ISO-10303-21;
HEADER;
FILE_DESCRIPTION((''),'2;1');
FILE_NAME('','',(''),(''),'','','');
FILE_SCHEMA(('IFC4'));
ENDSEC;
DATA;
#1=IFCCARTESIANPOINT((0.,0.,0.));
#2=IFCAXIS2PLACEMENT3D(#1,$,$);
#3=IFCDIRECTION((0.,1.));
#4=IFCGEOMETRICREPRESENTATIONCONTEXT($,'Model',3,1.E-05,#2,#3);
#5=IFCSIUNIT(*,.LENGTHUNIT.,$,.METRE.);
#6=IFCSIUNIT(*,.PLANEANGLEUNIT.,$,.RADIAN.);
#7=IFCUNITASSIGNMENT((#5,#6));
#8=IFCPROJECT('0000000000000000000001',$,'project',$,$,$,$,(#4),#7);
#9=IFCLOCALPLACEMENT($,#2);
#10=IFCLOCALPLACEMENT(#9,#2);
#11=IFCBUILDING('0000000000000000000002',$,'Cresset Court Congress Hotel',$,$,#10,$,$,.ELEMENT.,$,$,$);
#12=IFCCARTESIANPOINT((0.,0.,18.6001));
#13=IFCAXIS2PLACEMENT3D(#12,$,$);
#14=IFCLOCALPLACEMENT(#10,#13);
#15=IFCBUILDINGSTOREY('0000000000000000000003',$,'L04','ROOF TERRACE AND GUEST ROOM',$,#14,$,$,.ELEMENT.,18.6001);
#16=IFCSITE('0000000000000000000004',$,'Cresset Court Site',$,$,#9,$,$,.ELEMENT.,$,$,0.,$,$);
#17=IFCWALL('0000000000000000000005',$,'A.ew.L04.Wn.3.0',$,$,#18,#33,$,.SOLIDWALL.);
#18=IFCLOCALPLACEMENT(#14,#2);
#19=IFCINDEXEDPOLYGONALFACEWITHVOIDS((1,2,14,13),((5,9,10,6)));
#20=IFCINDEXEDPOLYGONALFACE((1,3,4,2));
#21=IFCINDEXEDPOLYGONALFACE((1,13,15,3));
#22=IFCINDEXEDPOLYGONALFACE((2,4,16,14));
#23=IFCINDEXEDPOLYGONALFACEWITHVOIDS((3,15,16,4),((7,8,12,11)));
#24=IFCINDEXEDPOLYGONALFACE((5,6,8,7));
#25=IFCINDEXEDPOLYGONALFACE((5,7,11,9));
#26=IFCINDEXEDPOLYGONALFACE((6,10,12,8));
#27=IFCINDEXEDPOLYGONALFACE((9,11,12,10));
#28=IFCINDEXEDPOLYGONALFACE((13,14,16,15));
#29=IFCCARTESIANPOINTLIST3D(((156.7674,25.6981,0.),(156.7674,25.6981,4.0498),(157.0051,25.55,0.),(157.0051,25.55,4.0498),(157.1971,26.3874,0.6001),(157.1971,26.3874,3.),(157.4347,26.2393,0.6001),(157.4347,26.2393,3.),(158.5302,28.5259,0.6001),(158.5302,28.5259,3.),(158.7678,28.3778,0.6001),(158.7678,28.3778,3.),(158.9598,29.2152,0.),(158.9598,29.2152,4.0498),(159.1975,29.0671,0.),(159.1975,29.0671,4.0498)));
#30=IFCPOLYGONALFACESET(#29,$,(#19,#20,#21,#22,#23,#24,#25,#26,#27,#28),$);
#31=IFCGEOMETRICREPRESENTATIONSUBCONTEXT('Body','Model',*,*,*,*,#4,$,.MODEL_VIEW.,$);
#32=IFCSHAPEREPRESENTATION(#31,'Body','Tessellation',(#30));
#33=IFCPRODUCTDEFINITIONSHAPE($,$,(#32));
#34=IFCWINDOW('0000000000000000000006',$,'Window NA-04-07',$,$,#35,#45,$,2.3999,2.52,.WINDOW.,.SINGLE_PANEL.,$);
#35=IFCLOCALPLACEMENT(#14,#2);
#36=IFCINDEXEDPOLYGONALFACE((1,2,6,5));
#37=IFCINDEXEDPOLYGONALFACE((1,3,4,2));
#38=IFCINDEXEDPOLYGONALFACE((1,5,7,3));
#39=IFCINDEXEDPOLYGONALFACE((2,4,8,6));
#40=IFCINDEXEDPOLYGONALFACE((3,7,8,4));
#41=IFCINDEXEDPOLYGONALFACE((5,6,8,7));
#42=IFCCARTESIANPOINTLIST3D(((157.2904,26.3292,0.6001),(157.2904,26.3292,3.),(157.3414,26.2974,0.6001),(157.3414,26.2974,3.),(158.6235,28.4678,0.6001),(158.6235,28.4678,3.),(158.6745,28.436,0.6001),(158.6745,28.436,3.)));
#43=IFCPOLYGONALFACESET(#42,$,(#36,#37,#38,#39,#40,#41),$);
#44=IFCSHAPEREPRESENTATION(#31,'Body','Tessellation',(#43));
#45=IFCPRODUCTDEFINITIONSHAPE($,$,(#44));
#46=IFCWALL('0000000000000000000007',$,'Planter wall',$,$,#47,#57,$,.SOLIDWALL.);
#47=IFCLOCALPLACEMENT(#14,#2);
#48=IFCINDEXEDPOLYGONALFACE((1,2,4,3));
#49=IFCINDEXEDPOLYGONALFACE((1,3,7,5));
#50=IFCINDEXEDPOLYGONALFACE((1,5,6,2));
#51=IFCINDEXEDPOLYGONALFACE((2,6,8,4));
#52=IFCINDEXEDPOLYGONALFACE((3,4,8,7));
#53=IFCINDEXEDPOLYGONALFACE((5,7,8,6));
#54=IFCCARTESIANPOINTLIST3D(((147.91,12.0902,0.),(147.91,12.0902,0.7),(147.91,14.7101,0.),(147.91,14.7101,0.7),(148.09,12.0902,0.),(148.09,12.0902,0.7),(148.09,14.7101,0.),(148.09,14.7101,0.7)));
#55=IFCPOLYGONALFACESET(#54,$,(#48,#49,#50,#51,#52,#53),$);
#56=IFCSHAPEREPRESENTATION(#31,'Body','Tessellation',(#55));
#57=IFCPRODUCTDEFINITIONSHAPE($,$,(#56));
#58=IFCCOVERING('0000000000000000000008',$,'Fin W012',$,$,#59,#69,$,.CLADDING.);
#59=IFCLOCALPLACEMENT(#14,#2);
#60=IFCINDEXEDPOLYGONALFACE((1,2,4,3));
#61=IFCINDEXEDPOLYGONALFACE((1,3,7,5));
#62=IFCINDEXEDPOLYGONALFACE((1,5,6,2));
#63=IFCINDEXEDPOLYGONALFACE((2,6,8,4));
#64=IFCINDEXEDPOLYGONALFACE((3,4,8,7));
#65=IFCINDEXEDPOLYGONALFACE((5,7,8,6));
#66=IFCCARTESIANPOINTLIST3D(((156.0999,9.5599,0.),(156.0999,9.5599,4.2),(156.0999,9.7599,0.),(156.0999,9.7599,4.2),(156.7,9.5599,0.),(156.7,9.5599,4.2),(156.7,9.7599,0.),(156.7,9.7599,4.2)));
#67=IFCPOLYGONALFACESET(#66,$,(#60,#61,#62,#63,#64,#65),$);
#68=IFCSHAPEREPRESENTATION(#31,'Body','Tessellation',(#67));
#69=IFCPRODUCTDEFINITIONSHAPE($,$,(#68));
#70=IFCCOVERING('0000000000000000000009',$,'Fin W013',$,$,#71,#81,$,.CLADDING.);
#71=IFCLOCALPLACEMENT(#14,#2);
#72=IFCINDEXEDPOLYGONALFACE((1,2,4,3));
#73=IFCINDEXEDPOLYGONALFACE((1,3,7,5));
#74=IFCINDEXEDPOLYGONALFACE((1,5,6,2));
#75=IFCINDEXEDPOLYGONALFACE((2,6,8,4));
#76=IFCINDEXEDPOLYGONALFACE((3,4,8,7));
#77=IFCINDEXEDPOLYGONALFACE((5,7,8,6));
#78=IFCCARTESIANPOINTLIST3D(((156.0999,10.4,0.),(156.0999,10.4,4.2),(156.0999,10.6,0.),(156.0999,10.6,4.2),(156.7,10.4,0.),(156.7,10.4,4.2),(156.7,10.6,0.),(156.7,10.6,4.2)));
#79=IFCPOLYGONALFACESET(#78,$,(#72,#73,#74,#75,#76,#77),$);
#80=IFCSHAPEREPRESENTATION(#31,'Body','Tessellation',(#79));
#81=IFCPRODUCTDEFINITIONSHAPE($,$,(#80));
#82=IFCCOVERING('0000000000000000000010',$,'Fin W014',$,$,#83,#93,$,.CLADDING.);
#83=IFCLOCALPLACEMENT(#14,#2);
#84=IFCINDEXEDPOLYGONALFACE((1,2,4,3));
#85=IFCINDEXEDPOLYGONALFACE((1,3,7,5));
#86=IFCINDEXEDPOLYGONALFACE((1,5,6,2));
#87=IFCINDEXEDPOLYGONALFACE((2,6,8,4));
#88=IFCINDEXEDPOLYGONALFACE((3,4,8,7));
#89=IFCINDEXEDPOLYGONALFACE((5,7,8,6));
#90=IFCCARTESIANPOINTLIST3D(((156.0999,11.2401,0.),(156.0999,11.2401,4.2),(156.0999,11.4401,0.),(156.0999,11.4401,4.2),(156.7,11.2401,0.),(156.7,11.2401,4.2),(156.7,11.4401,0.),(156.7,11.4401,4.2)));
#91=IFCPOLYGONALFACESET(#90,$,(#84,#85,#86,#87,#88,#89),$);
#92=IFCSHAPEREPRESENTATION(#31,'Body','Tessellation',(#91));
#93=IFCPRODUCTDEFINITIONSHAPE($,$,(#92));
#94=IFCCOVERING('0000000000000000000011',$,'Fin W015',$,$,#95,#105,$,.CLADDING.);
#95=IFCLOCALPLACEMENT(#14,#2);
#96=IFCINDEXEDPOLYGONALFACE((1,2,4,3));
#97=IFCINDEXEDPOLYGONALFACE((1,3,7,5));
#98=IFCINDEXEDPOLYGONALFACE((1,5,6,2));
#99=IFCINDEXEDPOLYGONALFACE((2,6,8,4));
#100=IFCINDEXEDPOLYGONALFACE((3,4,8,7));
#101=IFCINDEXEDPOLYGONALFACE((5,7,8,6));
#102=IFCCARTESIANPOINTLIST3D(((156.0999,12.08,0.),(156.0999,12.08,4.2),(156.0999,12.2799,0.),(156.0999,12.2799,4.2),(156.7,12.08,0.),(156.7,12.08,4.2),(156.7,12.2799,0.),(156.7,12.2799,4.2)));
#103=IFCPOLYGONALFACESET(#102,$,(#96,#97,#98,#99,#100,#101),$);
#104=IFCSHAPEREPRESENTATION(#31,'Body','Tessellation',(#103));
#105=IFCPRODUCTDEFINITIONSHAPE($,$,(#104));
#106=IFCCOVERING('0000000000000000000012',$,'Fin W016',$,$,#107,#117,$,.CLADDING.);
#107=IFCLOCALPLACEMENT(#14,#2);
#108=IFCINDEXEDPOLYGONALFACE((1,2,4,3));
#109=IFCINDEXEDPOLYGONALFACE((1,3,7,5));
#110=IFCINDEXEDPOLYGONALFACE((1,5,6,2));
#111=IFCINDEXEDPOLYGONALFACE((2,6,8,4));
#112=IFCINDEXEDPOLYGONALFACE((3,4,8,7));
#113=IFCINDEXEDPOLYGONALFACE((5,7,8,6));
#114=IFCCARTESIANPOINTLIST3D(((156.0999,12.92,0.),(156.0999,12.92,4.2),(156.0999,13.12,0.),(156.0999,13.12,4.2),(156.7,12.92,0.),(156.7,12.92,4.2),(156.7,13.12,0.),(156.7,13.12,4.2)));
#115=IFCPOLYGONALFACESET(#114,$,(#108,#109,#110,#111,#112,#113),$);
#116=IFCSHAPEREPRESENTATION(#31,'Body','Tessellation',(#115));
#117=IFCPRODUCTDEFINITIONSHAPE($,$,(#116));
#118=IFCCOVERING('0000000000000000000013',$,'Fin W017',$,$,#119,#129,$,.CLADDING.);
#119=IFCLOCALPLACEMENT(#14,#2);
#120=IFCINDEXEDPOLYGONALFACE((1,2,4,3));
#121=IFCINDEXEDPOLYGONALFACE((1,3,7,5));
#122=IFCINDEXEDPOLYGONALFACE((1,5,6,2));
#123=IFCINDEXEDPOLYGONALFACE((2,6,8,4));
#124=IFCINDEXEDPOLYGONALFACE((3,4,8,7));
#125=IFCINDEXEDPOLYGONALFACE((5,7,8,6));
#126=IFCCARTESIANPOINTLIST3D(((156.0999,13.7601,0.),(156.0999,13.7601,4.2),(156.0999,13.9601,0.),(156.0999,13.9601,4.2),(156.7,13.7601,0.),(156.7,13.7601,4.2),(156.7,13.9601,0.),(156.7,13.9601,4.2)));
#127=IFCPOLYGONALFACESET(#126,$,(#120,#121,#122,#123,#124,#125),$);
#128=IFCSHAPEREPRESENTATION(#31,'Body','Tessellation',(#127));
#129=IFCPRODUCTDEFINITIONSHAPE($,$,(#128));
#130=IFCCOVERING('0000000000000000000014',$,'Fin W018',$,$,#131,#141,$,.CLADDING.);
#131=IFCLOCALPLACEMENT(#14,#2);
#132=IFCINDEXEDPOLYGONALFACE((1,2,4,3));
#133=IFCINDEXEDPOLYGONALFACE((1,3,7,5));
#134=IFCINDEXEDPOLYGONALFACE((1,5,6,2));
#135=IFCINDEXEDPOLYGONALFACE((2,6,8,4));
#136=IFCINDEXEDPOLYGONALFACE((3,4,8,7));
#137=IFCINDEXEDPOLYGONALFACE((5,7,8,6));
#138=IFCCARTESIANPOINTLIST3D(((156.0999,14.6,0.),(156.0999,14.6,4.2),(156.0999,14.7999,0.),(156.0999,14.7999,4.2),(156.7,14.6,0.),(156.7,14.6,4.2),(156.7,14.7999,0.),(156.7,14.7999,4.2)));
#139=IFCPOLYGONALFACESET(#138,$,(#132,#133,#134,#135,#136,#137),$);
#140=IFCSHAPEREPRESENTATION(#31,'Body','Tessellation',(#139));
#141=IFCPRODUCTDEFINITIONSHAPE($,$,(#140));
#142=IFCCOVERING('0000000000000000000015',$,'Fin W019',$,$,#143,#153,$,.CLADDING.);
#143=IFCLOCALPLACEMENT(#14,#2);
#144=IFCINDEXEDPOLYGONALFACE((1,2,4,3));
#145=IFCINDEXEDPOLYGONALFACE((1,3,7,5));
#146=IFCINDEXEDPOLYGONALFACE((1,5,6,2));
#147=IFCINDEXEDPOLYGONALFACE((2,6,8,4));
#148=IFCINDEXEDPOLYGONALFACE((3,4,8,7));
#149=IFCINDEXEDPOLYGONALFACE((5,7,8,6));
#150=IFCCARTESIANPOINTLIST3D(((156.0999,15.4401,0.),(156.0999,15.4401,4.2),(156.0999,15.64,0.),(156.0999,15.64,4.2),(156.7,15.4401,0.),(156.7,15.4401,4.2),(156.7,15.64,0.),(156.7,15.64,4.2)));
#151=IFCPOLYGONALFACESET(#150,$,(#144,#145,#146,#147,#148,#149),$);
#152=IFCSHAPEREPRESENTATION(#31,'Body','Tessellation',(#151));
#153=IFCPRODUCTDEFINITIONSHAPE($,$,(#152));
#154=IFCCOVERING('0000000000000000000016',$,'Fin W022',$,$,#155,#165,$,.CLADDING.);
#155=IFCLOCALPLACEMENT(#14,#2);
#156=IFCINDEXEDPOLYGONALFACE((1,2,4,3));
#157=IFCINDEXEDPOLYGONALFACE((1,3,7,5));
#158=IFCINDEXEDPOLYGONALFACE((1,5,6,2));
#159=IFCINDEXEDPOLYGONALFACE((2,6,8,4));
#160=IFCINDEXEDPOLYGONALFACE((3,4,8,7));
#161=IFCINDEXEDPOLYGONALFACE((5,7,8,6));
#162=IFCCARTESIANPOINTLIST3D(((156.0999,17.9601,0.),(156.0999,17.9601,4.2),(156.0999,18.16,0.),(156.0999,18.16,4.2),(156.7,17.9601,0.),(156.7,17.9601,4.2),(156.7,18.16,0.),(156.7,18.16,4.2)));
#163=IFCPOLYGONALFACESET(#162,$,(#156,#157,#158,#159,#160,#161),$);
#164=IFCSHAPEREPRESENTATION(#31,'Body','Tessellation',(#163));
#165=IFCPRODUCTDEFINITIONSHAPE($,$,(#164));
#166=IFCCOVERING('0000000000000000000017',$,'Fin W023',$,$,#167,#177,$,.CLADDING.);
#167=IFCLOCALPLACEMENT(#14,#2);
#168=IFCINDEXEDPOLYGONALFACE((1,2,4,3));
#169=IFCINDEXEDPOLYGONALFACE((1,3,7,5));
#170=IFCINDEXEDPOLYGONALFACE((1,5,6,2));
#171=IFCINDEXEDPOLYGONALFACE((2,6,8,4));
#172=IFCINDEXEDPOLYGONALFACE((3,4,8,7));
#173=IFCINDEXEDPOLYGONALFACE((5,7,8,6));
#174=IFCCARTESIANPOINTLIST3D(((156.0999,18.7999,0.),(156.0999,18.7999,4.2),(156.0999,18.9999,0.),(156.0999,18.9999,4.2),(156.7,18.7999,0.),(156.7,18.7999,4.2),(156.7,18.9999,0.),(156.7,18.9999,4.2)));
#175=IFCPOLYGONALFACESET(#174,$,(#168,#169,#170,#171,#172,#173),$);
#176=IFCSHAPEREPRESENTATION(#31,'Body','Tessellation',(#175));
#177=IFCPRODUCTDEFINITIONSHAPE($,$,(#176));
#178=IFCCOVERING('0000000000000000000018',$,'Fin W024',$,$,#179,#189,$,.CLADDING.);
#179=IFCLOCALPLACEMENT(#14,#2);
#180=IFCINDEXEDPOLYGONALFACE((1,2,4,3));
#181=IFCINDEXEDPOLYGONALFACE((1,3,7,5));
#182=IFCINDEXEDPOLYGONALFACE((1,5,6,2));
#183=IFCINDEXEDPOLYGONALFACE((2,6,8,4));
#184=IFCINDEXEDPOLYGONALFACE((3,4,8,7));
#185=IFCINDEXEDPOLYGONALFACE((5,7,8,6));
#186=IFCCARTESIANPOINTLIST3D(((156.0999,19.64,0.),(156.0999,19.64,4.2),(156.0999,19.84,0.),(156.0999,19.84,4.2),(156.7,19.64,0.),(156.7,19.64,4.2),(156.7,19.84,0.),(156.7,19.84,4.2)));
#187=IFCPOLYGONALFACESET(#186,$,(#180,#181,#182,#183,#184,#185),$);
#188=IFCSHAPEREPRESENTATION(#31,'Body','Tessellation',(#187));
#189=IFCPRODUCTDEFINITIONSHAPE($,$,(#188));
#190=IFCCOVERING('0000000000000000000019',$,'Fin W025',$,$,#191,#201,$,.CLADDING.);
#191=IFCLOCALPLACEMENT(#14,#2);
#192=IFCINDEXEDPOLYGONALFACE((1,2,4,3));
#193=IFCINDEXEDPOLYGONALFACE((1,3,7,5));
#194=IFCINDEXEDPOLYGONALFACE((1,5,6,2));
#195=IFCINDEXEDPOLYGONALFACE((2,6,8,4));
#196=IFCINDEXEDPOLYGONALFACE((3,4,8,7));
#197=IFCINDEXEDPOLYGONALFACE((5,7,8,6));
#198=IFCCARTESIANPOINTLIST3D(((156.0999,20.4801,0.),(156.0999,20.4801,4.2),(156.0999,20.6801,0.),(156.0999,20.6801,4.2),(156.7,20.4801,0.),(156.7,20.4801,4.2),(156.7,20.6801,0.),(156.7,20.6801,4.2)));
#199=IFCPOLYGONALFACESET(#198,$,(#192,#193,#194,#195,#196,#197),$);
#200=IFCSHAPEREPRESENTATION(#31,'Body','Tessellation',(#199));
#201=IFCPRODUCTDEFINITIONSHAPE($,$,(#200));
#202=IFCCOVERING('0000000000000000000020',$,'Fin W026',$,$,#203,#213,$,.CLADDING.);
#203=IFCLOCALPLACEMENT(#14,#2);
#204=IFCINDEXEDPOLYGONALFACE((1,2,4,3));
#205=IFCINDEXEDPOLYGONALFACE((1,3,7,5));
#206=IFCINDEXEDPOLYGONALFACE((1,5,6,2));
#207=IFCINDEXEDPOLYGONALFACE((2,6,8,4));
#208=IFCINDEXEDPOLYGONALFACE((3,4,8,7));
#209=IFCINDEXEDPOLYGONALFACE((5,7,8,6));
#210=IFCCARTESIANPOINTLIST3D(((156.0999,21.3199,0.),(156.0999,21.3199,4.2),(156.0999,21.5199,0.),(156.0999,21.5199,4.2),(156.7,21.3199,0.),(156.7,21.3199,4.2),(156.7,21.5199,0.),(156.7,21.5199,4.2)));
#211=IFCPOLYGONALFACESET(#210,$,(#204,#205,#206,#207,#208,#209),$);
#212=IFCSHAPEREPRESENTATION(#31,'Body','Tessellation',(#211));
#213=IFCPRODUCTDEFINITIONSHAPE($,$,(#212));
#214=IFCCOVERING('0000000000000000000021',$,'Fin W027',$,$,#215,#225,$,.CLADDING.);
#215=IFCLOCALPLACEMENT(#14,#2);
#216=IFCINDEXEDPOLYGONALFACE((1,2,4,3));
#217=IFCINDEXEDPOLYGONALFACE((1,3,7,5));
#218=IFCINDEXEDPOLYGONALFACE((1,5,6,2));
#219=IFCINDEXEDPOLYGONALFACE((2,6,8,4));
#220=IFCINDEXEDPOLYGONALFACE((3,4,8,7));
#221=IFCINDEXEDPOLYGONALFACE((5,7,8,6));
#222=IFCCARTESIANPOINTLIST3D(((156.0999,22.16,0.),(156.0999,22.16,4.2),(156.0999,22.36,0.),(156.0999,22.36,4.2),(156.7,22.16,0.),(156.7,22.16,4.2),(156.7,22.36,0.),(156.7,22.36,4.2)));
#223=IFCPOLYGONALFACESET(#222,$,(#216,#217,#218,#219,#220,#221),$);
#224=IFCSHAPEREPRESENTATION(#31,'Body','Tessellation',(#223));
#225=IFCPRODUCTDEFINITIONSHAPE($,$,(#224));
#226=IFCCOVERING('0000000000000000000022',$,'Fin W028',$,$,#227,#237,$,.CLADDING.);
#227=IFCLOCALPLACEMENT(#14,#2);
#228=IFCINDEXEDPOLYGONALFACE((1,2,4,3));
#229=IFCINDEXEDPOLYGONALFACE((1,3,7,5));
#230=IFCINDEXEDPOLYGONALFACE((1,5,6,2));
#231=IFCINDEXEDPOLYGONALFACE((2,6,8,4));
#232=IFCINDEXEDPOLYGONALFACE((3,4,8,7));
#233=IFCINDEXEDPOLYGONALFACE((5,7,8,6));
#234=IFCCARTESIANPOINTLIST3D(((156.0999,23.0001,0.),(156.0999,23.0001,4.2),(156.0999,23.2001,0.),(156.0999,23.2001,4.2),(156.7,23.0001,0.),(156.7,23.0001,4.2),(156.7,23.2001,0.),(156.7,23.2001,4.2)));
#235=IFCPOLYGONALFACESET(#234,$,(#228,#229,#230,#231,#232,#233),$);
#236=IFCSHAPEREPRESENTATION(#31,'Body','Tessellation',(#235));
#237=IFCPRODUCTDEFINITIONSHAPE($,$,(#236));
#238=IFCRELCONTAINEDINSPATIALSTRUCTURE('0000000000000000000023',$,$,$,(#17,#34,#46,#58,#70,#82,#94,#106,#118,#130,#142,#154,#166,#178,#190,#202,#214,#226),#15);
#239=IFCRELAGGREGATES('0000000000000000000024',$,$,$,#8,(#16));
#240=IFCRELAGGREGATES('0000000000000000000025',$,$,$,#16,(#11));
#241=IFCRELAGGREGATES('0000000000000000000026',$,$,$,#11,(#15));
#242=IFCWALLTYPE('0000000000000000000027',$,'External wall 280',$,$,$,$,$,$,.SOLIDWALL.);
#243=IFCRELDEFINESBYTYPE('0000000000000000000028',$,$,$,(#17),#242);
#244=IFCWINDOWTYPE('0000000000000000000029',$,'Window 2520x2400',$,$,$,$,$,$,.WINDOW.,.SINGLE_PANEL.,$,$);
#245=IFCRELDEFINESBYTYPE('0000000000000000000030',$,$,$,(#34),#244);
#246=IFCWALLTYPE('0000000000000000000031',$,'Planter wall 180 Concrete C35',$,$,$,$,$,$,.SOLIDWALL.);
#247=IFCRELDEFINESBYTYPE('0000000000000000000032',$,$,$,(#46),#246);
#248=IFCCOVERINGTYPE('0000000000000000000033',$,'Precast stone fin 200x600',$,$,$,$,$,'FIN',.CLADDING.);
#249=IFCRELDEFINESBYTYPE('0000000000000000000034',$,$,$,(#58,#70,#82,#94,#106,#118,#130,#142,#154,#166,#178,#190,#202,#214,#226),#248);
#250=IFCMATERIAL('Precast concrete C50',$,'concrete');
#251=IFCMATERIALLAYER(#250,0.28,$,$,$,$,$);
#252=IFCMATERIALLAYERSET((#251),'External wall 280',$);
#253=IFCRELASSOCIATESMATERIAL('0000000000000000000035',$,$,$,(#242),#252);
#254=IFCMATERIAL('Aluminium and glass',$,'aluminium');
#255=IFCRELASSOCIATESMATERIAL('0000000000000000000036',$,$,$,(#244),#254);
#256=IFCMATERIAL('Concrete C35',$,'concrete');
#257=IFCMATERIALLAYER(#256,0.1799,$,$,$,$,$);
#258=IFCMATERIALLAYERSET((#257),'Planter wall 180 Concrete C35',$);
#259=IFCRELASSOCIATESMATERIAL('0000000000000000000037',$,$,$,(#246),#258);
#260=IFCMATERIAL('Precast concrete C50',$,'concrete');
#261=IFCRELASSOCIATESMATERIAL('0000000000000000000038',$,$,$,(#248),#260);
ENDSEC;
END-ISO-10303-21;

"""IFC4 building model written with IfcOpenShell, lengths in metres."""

from ifc_helpers import new_model, si_unit, direction, frame, frame_2d, origin, origin_2d, place, context, subcontext, project, spatial, rectangle, extrude, material, layer, layer_set, type_object, element, fill, save


model = new_model("IFC4")

# Units and contexts
model_context = context("Model", 3, precision=1e-05, world=origin(), true_north=direction((0.0, 1.0)))
body_context = subcontext(model_context, "Body", "Model", "MODEL_VIEW")
ifc_project = project(units=[si_unit("LENGTHUNIT", "METRE"), si_unit("PLANEANGLEUNIT", "RADIAN")], contexts=[model_context])

# Site, building, storey
site_placement = place(None, origin())
site = spatial("IfcSite", under=ifc_project, at=site_placement, Name="Cresset Court Site", CompositionType="ELEMENT", RefElevation=0.0)
building_placement = place(site_placement, origin())
building = spatial("IfcBuilding", under=site, at=building_placement, Name="Cresset Court Congress Hotel", CompositionType="ELEMENT")
storey_placement = place(building_placement, frame((0.0, 0.0, 18.6001)))
storey = spatial("IfcBuildingStorey", under=building, at=storey_placement, Name="L04", Description="ROOF TERRACE AND GUEST ROOM", CompositionType="ELEMENT", Elevation=18.6001)

# Wall, opening, window
ifc_material_1 = material(Name="Precast concrete C50", Category="concrete")
ifc_layer_1 = layer(ifc_material_1, 0.28)
ifc_layer_set_1 = layer_set([ifc_layer_1], Name="External wall 280")
wall_type_1 = type_object("IfcWallType", Name="External wall 280", PredefinedType="SOLIDWALL", material=ifc_layer_set_1)
wall_1_placement = place(storey_placement, frame((156.8862, 25.624, 0.0), z_axis=(0.0, 0.0, 1.0), x_axis=(0.528993, 0.848626, 0.0)))
wall_1 = element("IfcWall", 1, at=wall_1_placement, inside=storey, type_object=wall_type_1, Name="A.ew.L04.Wn.3.0", PredefinedType="SOLIDWALL", context=body_context, shape_type="SweptSolid", body=[
    extrude(rectangle(XDim=4.1445, YDim=0.28, at=frame_2d((2.0723, 0.0))), origin(), (0.0, 0.0, 1.0), 4.0498),
])
opening_1_placement = place(wall_1_placement, frame((0.8123, 0.0, 0.6001)))
opening_1 = element("IfcOpeningElement", 2, at=opening_1_placement, cuts=wall_1, PredefinedType="OPENING", context=body_context, shape_type="SweptSolid", body=[
    extrude(rectangle(XDim=2.52, YDim=2.3999, at=frame_2d((1.26, 1.2))), frame((0.0, 0.1499, 0.0), z_axis=(0.0, -1.0, 0.0), x_axis=(1.0, 0.0, 0.0)), (0.0, 0.0, 1.0), 0.3),
])
ifc_material_2 = material(Name="Aluminium and glass", Category="aluminium")
window_type = type_object("IfcWindowType", Name="Window 2520x2400", PartitioningType="SINGLE_PANEL", PredefinedType="WINDOW", material=ifc_material_2)
window_placement = place(opening_1_placement, origin())
window = element("IfcWindow", 3, at=window_placement, inside=storey, type_object=window_type, Name="Window NA-04-07", OverallHeight=2.3999, OverallWidth=2.52, PartitioningType="SINGLE_PANEL", PredefinedType="WINDOW", context=body_context, shape_type="SweptSolid", body=[
    extrude(rectangle(XDim=2.52, YDim=2.3999, at=frame_2d((1.26, 1.2))), frame((0.0, 0.03, 0.0), z_axis=(0.0, -1.0, 0.0), x_axis=(1.0, 0.0, 0.0)), (0.0, 0.0, 1.0), 0.0601),
])
fill(opening_1, window)

# Wall
ifc_material_3 = material(Name="Concrete C35", Category="concrete")
ifc_layer_2 = layer(ifc_material_3, 0.1799)
ifc_layer_set_2 = layer_set([ifc_layer_2], Name="Planter wall 180 Concrete C35")
wall_type_2 = type_object("IfcWallType", Name="Planter wall 180 Concrete C35", PredefinedType="SOLIDWALL", material=ifc_layer_set_2)
wall_2_placement = place(storey_placement, frame((148.0, 12.0901, 0.0), z_axis=(0.0, 0.0, 1.0), x_axis=(0.0, 1.0, 0.0)))
element("IfcWall", 4, at=wall_2_placement, inside=storey, type_object=wall_type_2, Name="Planter wall", PredefinedType="SOLIDWALL", context=body_context, shape_type="SweptSolid", body=[
    extrude(rectangle(XDim=2.6199, YDim=0.1799, at=frame_2d((1.3101, 0.0))), origin(), (0.0, 0.0, 1.0), 0.7),
])

# Coverings
ifc_material_4 = material(Name="Precast concrete C50", Category="concrete")
covering_type_1 = type_object("IfcCoveringType", Name="Precast stone fin 200x600", ElementType="FIN", PredefinedType="CLADDING", material=ifc_material_4)
for number, where, z_axis, x_axis, name in (
    (5, (156.3999, 9.6599, 0.0), (0.0, 0.0, 1.0), (1.0, 0.0, 0.0), "Fin W012"),
    (6, (156.3999, 10.5, 0.0), (0.0, 0.0, 1.0), (1.0, 0.0, 0.0), "Fin W013"),
    (7, (156.3999, 11.3401, 0.0), (0.0, 0.0, 1.0), (1.0, 0.0, 0.0), "Fin W014"),
    (8, (156.3999, 12.1799, 0.0), (0.0, 0.0, 1.0), (1.0, 0.0, 0.0), "Fin W015"),
    (9, (156.3999, 13.02, 0.0), (0.0, 0.0, 1.0), (1.0, 0.0, 0.0), "Fin W016"),
    (10, (156.3999, 13.8601, 0.0), (0.0, 0.0, 1.0), (1.0, 0.0, 0.0), "Fin W017"),
    (11, (156.3999, 14.7, 0.0), (0.0, 0.0, 1.0), (1.0, 0.0, 0.0), "Fin W018"),
    (12, (156.3999, 15.54, 0.0), (0.0, 0.0, 1.0), (1.0, 0.0, 0.0), "Fin W019"),
    (13, (156.3999, 18.0601, 0.0), (0.0, 0.0, 1.0), (1.0, 0.0, 0.0), "Fin W022"),
    (14, (156.3999, 18.8999, 0.0), (0.0, 0.0, 1.0), (1.0, 0.0, 0.0), "Fin W023"),
    (15, (156.3999, 19.74, 0.0), (0.0, 0.0, 1.0), (1.0, 0.0, 0.0), "Fin W024"),
    (16, (156.3999, 20.5801, 0.0), (0.0, 0.0, 1.0), (1.0, 0.0, 0.0), "Fin W025"),
    (17, (156.3999, 21.4199, 0.0), (0.0, 0.0, 1.0), (1.0, 0.0, 0.0), "Fin W026"),
    (18, (156.3999, 22.26, 0.0), (0.0, 0.0, 1.0), (1.0, 0.0, 0.0), "Fin W027"),
    (19, (156.3999, 23.1001, 0.0), (0.0, 0.0, 1.0), (1.0, 0.0, 0.0), "Fin W028"),
):
    element("IfcCovering", number, at=place(storey_placement, frame(where, z_axis=z_axis, x_axis=x_axis)), inside=storey, type_object=covering_type_1, Name=name, PredefinedType="CLADDING", context=body_context, shape_type="SweptSolid", body=[
        extrude(rectangle(XDim=0.6001, YDim=0.2, at=origin_2d()), origin(), (0.0, 0.0, 1.0), 4.2),
    ])

save(model, "model.ifc")
